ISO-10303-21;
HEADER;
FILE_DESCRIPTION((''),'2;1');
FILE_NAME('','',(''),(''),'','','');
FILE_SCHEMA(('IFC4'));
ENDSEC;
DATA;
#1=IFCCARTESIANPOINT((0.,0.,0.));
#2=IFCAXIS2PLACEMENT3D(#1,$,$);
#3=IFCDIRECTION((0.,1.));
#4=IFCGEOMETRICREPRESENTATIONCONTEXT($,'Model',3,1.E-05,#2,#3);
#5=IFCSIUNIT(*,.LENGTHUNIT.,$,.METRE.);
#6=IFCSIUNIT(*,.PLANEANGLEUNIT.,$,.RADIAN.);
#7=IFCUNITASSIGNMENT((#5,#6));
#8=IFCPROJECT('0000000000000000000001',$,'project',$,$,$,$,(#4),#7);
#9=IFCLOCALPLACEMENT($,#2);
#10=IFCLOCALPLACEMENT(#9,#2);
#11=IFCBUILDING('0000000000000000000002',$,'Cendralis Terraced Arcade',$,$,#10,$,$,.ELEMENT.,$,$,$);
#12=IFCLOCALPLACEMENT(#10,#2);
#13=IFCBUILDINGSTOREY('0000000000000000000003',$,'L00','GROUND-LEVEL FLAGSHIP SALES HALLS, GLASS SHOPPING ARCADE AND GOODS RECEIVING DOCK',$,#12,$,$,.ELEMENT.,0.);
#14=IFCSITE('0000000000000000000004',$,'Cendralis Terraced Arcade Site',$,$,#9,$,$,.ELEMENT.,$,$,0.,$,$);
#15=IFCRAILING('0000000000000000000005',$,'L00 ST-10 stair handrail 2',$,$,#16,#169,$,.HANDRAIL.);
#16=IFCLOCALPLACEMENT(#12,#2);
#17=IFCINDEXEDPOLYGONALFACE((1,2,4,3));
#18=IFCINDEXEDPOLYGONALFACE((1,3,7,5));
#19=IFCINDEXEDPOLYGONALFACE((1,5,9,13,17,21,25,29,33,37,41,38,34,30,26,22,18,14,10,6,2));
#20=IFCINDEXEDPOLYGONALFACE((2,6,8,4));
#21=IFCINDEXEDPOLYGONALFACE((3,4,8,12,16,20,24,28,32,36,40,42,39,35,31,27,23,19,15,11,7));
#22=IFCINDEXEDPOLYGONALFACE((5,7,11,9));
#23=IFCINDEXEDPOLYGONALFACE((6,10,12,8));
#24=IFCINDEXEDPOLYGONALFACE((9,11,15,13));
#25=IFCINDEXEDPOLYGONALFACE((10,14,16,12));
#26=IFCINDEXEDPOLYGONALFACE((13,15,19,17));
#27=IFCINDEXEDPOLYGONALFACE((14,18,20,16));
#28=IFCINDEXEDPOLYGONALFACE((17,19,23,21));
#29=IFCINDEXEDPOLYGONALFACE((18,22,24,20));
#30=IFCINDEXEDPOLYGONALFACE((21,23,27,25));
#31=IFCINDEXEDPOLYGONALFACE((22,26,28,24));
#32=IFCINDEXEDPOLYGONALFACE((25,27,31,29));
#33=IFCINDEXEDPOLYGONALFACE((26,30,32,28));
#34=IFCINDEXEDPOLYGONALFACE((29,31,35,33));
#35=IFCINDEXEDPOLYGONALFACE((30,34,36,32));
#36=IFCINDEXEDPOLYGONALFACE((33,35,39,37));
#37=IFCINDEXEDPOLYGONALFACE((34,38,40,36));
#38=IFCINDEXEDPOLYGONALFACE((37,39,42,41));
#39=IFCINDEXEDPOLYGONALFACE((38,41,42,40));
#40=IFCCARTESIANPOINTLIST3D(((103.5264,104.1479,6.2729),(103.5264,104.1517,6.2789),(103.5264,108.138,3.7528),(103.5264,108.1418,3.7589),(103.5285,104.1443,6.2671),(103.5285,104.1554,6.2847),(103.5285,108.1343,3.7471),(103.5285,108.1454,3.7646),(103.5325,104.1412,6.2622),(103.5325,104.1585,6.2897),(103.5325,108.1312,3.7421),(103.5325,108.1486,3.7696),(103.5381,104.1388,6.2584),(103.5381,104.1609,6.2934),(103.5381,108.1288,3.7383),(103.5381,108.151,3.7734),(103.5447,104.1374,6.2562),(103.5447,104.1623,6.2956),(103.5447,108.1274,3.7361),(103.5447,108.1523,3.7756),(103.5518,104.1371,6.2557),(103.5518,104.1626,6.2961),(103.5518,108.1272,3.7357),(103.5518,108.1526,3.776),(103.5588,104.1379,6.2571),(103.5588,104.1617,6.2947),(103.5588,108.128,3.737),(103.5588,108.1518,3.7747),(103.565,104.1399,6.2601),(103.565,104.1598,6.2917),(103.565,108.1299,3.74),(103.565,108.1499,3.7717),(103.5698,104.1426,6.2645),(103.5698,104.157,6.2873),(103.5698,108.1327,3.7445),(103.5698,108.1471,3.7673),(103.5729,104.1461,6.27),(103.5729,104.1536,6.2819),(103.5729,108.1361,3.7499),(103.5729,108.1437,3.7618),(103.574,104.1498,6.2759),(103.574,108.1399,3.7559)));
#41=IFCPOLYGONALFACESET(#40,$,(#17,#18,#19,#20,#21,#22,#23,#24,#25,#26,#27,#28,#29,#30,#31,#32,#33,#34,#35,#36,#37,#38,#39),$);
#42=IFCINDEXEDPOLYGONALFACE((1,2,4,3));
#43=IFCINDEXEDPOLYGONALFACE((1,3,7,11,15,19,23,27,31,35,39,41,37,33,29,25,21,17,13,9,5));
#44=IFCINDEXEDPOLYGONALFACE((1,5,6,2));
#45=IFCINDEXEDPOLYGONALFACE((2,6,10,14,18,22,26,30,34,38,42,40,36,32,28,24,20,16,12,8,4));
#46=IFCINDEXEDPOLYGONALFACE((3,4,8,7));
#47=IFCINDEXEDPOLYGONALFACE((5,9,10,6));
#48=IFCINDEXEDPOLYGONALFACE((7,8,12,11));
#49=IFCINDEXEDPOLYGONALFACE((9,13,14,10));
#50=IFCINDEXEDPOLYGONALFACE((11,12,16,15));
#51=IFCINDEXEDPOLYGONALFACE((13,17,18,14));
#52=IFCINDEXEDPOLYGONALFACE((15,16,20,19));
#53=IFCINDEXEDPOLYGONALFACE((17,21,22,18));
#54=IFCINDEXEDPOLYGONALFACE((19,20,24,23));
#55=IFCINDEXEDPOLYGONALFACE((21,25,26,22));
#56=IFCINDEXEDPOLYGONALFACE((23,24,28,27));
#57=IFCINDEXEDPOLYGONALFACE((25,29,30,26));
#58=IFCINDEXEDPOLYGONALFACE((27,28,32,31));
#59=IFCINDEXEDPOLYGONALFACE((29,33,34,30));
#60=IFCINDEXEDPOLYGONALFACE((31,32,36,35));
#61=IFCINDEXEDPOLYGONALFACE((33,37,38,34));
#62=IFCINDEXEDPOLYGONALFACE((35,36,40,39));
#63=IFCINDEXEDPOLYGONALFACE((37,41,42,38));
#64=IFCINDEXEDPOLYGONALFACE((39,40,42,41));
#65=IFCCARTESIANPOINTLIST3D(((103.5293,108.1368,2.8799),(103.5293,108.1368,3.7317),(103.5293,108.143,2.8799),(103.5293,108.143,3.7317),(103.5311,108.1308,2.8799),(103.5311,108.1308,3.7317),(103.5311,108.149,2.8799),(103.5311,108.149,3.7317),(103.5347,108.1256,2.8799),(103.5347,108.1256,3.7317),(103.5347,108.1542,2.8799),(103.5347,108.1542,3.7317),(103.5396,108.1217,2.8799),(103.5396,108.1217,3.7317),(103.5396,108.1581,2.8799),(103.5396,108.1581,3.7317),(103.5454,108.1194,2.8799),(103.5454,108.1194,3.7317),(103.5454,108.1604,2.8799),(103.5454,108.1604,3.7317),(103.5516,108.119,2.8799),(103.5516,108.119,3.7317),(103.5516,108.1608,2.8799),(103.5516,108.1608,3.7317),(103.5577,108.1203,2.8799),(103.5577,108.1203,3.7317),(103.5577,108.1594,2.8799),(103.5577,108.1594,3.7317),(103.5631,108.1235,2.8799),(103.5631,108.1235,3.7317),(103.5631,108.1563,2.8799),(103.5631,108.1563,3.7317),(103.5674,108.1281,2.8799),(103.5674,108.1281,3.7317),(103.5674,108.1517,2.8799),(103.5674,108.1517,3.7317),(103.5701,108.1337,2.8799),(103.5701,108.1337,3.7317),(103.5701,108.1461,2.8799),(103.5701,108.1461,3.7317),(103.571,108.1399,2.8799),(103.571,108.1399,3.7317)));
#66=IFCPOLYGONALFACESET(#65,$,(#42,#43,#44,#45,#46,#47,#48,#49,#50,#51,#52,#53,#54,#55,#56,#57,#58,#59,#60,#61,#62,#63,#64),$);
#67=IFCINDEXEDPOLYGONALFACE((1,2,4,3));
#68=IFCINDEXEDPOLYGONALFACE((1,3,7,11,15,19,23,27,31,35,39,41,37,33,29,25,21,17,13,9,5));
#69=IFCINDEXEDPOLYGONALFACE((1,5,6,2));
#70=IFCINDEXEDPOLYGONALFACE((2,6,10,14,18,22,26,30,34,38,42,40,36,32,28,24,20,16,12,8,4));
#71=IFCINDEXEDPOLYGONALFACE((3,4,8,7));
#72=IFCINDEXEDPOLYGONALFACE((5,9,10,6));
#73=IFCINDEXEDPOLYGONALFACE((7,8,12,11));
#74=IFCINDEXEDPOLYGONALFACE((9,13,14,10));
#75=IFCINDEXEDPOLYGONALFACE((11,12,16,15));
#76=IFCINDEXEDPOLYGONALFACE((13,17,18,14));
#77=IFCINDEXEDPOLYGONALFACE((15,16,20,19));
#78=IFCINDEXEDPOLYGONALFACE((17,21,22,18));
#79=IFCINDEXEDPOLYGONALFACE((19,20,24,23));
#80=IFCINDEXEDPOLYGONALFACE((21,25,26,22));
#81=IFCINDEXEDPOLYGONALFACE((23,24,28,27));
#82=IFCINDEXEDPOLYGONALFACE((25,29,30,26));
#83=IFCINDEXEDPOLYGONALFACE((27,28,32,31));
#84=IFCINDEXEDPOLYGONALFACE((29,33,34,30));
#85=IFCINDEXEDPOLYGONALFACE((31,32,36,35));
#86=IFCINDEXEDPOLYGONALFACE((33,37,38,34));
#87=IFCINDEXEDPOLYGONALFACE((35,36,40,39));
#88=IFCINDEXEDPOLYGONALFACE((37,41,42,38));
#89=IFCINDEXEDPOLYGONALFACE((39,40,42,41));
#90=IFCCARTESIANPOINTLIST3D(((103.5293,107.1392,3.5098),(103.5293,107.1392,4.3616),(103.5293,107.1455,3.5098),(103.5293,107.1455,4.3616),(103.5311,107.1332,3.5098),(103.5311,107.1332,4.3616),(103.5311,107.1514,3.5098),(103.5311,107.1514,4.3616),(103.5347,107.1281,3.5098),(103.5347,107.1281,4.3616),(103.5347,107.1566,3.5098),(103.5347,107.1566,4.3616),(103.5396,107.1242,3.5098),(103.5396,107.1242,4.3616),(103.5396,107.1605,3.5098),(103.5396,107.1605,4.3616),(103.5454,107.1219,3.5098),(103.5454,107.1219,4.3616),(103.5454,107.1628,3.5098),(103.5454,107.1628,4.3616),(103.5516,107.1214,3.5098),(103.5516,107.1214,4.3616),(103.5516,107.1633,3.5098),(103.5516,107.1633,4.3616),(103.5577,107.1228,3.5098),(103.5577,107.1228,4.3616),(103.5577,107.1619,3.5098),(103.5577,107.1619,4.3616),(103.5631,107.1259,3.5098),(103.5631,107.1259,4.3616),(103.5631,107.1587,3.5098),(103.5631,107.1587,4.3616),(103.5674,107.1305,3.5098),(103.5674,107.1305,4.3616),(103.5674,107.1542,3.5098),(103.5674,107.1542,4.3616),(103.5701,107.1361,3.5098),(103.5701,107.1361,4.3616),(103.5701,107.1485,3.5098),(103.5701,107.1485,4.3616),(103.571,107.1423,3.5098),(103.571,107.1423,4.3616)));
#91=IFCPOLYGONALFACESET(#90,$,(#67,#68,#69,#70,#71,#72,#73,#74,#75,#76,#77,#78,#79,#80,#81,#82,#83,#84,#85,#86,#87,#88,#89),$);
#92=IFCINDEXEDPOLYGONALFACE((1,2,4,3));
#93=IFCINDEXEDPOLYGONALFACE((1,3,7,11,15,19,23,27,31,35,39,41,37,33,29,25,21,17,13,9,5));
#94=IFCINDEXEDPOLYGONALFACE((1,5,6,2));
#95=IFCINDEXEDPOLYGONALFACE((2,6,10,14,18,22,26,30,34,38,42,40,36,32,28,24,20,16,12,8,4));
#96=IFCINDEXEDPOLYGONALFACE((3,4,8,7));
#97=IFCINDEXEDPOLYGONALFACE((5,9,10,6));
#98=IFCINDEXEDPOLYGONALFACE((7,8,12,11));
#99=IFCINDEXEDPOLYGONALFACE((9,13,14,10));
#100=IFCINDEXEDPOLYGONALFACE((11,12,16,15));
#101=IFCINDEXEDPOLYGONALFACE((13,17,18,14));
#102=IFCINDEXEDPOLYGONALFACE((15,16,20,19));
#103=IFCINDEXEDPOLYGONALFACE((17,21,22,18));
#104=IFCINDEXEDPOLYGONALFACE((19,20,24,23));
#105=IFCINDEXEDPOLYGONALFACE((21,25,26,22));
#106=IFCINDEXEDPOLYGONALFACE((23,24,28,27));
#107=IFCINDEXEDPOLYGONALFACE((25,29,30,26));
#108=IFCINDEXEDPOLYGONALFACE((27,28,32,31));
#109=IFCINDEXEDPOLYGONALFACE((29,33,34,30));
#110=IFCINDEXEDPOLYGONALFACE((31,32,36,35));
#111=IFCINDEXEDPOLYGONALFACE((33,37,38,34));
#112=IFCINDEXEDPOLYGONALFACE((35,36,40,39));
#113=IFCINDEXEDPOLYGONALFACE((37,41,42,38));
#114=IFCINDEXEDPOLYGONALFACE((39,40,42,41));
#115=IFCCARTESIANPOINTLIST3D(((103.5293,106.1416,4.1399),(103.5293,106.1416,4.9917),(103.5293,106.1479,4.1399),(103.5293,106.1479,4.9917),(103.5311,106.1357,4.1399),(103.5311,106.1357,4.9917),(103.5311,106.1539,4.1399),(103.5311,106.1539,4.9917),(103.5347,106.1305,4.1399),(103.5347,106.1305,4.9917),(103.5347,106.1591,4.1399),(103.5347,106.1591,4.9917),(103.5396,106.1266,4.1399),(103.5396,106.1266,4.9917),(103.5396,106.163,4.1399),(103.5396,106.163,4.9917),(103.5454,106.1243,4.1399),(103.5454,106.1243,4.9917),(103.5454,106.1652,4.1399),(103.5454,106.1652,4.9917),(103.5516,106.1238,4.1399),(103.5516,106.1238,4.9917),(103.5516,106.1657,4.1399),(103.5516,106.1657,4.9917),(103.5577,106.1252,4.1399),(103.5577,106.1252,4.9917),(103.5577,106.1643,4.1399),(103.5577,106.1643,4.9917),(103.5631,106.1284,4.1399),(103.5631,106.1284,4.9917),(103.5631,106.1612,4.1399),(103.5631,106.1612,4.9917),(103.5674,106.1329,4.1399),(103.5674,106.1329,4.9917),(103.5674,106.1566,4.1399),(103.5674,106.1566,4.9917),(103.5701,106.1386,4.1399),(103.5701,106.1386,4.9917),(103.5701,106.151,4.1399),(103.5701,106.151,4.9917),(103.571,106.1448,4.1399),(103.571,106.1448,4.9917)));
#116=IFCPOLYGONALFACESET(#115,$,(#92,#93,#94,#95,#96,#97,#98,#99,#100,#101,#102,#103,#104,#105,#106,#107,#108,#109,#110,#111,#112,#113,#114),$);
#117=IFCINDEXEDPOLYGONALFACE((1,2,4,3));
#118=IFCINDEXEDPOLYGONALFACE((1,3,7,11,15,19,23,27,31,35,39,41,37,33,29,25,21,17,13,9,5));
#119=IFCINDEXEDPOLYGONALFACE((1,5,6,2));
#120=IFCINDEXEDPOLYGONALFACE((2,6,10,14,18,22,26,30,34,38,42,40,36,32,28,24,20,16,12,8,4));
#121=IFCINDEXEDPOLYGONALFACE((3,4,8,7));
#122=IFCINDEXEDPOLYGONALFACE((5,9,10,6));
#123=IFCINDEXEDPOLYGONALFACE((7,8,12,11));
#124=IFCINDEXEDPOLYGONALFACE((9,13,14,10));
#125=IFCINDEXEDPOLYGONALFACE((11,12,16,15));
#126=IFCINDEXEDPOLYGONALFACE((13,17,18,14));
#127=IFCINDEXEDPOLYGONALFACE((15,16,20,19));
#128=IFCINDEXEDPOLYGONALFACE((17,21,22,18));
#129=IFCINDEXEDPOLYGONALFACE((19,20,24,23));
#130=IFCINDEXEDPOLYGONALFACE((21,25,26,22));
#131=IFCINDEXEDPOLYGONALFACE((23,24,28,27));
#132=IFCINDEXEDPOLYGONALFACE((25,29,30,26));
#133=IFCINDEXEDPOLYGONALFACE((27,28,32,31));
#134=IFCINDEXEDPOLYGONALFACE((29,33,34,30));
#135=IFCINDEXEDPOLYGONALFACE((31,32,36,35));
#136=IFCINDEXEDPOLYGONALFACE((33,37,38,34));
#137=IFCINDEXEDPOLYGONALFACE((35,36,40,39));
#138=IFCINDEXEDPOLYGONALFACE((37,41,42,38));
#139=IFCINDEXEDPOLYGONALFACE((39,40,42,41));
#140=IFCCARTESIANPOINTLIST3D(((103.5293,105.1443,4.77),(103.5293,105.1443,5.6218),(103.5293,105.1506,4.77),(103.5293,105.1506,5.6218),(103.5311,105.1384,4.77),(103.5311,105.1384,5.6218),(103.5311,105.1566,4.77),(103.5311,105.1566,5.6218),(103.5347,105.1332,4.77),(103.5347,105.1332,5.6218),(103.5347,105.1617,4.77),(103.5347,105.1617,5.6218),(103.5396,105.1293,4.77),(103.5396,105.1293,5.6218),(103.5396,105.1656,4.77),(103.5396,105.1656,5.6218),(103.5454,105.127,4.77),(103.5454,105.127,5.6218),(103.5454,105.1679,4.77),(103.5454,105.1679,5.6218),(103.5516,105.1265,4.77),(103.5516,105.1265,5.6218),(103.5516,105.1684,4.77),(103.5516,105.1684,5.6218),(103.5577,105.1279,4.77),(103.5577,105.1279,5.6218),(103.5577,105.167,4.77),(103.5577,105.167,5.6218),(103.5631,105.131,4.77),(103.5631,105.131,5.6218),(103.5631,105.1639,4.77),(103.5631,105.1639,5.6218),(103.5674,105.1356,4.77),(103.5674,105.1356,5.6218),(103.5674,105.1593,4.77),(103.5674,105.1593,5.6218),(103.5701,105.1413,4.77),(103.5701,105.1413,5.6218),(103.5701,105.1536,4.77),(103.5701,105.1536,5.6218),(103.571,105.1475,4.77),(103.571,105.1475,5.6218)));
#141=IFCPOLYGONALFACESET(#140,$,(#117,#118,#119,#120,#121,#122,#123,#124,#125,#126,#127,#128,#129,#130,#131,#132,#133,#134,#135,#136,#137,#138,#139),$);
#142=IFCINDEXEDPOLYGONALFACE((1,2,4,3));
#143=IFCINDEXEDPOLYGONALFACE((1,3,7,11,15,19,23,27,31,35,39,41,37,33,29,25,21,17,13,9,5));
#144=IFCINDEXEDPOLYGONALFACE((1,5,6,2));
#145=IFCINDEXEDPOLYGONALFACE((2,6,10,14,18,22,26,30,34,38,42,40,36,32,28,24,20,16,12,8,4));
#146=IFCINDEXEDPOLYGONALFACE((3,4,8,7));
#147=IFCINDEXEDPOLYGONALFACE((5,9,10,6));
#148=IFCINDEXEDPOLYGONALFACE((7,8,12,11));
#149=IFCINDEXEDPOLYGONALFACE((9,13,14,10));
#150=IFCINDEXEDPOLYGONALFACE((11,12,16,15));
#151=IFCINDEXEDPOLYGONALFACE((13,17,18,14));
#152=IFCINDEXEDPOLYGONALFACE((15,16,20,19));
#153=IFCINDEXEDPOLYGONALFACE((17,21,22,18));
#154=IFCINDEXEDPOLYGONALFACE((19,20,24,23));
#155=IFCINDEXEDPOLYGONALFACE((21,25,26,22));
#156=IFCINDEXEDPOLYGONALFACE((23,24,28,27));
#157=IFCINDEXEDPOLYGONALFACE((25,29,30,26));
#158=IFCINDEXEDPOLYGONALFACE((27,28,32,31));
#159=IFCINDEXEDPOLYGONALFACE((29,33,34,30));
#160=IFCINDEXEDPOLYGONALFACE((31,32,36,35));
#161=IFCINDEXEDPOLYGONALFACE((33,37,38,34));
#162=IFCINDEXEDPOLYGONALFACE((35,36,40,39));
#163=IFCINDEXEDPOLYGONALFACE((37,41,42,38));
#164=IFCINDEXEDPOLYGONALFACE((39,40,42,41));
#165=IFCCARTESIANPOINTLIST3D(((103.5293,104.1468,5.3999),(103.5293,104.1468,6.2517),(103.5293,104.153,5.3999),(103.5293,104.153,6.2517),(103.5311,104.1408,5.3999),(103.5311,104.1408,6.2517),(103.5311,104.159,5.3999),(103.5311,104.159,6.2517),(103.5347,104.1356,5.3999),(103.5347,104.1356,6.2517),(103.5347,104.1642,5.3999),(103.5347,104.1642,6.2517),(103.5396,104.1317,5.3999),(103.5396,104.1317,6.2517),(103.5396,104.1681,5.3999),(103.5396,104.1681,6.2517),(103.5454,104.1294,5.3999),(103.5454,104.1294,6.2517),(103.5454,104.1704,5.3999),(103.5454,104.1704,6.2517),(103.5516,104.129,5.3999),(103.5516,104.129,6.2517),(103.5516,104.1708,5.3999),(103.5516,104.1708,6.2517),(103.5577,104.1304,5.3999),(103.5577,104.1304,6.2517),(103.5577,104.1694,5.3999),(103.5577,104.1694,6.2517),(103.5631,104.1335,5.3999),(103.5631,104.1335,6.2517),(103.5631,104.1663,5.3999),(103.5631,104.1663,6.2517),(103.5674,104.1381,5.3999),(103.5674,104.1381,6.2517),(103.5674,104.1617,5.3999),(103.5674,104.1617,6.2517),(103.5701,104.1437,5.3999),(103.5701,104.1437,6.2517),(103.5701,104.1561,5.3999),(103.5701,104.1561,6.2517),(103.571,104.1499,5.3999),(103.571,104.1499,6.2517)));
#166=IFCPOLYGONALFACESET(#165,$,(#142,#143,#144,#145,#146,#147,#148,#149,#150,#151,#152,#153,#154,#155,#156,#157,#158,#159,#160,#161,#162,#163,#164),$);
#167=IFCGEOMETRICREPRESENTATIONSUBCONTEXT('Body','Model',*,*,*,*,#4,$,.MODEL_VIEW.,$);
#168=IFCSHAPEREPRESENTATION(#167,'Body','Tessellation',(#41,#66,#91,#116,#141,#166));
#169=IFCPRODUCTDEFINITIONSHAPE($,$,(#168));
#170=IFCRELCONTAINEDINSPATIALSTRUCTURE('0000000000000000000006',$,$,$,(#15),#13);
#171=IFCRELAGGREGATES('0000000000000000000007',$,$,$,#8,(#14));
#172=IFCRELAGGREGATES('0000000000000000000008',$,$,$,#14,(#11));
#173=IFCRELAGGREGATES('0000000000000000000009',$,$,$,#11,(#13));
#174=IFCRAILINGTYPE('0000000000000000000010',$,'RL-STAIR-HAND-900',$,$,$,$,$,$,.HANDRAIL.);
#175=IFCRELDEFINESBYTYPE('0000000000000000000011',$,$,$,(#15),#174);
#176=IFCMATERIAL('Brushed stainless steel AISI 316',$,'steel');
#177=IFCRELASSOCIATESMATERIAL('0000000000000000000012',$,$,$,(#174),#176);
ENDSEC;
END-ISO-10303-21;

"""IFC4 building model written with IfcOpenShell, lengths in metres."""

from ifc_helpers import new_model, si_unit, direction, frame, origin, origin_2d, place, context, subcontext, project, spatial, circle, extrude, material, type_object, element, save


model = new_model("IFC4")

# Units and contexts
model_context = context("Model", 3, precision=1e-05, world=origin(), true_north=direction((0.0, 1.0)))
body_context = subcontext(model_context, "Body", "Model", "MODEL_VIEW")
ifc_project = project(units=[si_unit("LENGTHUNIT", "METRE"), si_unit("PLANEANGLEUNIT", "RADIAN")], contexts=[model_context])

# Site, building, storey
site_placement = place(None, origin())
site = spatial("IfcSite", under=ifc_project, at=site_placement, Name="Cendralis Terraced Arcade Site", CompositionType="ELEMENT", RefElevation=0.0)
building_placement = place(site_placement, origin())
building = spatial("IfcBuilding", under=site, at=building_placement, Name="Cendralis Terraced Arcade", CompositionType="ELEMENT")
storey_placement = place(building_placement, origin())
storey = spatial("IfcBuildingStorey", under=building, at=storey_placement, Name="L00", Description="GROUND-LEVEL FLAGSHIP SALES HALLS, GLASS SHOPPING ARCADE AND GOODS RECEIVING DOCK", CompositionType="ELEMENT", Elevation=0.0)

# Railing
ifc_material_1 = material(Name="Brushed stainless steel AISI 316", Category="steel")
railing_type_1 = type_object("IfcRailingType", Name="RL-STAIR-HAND-900", PredefinedType="HANDRAIL", material=ifc_material_1)
railing_1_placement = place(storey_placement, frame((103.55, 108.1399, 2.8799)))
element("IfcRailing", 1, at=railing_1_placement, inside=storey, type_object=railing_type_1, Name="L00 ST-10 stair handrail 2", PredefinedType="HANDRAIL", context=body_context, shape_type="SweptSolid", body=[
    extrude(circle(Radius=0.0239, at=origin_2d()), frame((0.0, 0.0, 0.876), z_axis=(0.0, -0.845486, 0.533997), x_axis=(1.0, 0.0, 0.0)), (0.0, 0.0, 1.0), 4.7192),
    extrude(circle(Radius=0.021, at=origin_2d()), origin(), (0.0, 0.0, 1.0), 0.8518),
    extrude(circle(Radius=0.021, at=origin_2d()), frame((0.0, -0.9976, 0.6299)), (0.0, 0.0, 1.0), 0.8518),
    extrude(circle(Radius=0.021, at=origin_2d()), frame((0.0, -1.9951, 1.26)), (0.0, 0.0, 1.0), 0.8518),
    extrude(circle(Radius=0.021, at=origin_2d()), frame((0.0, -2.9924, 1.8901)), (0.0, 0.0, 1.0), 0.8518),
    extrude(circle(Radius=0.021, at=origin_2d()), frame((0.0, -3.99, 2.52)), (0.0, 0.0, 1.0), 0.8518),
])

save(model, "model.ifc")
